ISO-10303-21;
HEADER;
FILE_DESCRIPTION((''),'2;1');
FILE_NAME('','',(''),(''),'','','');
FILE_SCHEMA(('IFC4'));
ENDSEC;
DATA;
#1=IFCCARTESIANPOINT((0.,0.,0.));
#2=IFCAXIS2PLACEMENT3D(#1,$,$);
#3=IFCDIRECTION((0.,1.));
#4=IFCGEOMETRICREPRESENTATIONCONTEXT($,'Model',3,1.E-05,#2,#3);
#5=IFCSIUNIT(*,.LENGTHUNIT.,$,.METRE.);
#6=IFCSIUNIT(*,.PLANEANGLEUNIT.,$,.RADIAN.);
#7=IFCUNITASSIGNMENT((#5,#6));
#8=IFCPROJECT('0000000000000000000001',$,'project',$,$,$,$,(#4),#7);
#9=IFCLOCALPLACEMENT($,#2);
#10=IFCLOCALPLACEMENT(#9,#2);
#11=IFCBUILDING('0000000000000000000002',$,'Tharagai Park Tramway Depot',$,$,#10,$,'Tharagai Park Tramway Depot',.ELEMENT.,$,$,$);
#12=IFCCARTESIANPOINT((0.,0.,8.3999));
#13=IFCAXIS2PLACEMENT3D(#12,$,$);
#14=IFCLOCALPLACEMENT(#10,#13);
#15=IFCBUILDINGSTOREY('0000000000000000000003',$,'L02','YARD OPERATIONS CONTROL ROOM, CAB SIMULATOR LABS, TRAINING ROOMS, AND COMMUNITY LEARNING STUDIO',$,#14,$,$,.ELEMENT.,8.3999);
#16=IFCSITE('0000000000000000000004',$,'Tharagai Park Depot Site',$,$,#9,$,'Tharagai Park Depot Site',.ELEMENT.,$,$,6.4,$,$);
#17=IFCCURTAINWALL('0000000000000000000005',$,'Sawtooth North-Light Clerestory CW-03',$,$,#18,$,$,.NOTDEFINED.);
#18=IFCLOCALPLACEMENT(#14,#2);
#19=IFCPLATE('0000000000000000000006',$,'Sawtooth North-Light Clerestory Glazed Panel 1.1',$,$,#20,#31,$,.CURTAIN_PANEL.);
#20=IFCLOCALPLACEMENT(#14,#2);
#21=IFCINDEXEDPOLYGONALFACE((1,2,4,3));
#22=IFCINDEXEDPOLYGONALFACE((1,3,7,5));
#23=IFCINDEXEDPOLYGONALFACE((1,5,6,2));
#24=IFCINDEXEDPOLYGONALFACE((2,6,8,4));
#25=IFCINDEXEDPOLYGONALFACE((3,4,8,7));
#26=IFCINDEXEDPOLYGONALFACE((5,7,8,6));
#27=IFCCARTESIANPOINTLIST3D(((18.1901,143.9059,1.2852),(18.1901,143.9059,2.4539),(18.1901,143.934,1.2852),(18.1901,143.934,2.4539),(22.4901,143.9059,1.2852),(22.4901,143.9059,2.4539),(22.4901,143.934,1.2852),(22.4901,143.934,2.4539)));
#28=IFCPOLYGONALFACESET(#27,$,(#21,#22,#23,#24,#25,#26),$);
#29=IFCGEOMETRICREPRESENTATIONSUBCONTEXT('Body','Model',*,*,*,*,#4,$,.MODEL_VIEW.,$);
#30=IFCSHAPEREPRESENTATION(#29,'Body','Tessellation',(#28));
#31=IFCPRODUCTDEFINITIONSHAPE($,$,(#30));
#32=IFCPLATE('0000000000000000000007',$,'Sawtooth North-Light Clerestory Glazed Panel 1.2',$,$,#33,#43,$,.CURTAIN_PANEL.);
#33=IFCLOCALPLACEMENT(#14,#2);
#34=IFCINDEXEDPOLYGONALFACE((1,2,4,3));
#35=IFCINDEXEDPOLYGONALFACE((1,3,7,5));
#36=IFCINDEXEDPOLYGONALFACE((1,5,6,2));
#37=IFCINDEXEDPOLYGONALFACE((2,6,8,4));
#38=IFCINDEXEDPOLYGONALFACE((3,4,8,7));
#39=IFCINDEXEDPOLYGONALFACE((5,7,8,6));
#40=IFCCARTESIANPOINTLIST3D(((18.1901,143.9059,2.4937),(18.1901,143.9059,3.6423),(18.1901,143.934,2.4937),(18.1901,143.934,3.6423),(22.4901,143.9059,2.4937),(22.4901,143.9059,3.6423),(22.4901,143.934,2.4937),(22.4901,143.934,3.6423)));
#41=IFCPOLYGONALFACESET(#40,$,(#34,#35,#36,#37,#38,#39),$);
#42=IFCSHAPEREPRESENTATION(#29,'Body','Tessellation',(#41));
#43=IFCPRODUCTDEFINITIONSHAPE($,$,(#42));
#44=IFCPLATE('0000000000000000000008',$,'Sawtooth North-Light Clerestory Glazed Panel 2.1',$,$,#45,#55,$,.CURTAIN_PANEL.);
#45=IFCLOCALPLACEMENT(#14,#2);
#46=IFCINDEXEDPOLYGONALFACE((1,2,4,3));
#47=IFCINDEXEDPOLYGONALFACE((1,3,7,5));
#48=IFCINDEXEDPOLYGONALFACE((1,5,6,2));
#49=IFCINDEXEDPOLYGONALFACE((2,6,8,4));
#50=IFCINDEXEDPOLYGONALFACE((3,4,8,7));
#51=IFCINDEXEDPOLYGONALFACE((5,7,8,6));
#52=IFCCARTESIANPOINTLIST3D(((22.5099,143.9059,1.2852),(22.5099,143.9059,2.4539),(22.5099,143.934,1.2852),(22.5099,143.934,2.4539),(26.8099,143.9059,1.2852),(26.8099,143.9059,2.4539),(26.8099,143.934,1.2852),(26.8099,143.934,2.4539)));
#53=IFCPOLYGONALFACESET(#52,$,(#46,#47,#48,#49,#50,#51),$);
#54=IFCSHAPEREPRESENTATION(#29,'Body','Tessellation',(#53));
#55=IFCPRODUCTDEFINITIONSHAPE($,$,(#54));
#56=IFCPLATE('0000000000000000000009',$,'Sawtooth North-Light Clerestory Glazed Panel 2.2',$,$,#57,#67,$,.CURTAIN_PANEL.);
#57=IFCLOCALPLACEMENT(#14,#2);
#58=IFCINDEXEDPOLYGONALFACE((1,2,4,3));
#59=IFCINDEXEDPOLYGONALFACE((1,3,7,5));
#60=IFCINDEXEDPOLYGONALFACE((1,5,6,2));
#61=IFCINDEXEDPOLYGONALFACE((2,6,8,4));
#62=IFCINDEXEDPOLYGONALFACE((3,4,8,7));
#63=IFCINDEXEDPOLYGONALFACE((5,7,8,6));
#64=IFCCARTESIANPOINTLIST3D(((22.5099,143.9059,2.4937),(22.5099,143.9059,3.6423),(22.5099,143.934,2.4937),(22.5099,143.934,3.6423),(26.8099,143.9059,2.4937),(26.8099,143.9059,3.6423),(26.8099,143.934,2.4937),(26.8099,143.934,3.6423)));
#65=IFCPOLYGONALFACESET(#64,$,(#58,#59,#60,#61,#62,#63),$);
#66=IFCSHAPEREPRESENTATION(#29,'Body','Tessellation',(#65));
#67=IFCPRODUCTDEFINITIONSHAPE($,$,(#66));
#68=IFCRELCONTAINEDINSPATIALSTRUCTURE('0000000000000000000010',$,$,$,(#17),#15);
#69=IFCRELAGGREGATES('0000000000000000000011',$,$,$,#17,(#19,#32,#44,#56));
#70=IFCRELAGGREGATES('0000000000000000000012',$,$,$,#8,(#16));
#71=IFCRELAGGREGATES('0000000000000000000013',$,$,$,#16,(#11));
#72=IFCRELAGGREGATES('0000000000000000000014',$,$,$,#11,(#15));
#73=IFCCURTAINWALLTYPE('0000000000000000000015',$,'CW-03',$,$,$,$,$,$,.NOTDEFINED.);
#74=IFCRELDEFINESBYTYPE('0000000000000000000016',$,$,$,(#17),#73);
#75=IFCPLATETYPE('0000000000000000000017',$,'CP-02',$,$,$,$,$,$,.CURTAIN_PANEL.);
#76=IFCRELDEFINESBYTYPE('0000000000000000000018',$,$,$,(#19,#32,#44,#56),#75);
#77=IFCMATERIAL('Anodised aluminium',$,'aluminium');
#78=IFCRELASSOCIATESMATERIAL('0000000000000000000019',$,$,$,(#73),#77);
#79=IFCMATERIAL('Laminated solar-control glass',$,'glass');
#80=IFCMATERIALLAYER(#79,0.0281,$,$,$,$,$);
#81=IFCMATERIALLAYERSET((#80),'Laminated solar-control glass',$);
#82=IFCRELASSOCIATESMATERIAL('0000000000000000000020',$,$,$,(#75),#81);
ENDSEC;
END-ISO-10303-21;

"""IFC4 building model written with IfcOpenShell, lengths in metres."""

from ifc_helpers import new_model, si_unit, direction, frame, origin, origin_2d, place, context, subcontext, project, spatial, rectangle, extrude, material, layer, layer_set, type_object, element, aggregate, save


model = new_model("IFC4")

# Units and contexts
model_context = context("Model", 3, precision=1e-05, world=origin(), true_north=direction((0.0, 1.0)))
body_context = subcontext(model_context, "Body", "Model", "MODEL_VIEW")
ifc_project = project(units=[si_unit("LENGTHUNIT", "METRE"), si_unit("PLANEANGLEUNIT", "RADIAN")], contexts=[model_context])

# Site, building, storey
site_placement = place(None, origin())
site = spatial("IfcSite", under=ifc_project, at=site_placement, Name="Tharagai Park Depot Site", LongName="Tharagai Park Depot Site", CompositionType="ELEMENT", RefElevation=6.4)
building_placement = place(site_placement, origin())
building = spatial("IfcBuilding", under=site, at=building_placement, Name="Tharagai Park Tramway Depot", LongName="Tharagai Park Tramway Depot", CompositionType="ELEMENT")
storey_placement = place(building_placement, frame((0.0, 0.0, 8.3999)))
storey = spatial("IfcBuildingStorey", under=building, at=storey_placement, Name="L02", Description="YARD OPERATIONS CONTROL ROOM, CAB SIMULATOR LABS, TRAINING ROOMS, AND COMMUNITY LEARNING STUDIO", CompositionType="ELEMENT", Elevation=8.3999)

# Curtain wall
ifc_material_1 = material(Name="Anodised aluminium", Category="aluminium")
curtain_wall_type = type_object("IfcCurtainWallType", Name="CW-03", PredefinedType="NOTDEFINED", material=ifc_material_1)
curtain_wall_placement = place(storey_placement, origin())
curtain_wall = element("IfcCurtainWall", 1, at=curtain_wall_placement, inside=storey, type_object=curtain_wall_type, Name="Sawtooth North-Light Clerestory CW-03", PredefinedType="NOTDEFINED")

# Plates
ifc_material_2 = material(Name="Laminated solar-control glass", Category="glass")
ifc_layer = layer(ifc_material_2, 0.0281)
ifc_layer_set = layer_set([ifc_layer], Name="Laminated solar-control glass")
plate_type = type_object("IfcPlateType", Name="CP-02", PredefinedType="CURTAIN_PANEL", material=ifc_layer_set)
plate_1_placement = place(storey_placement, frame((20.3401, 143.9199, 1.2852), z_axis=(0.0, 0.0, 1.0), x_axis=(1.0, 0.0, 0.0)))
plate_1 = element("IfcPlate", 2, at=plate_1_placement, type_object=plate_type, Name="Sawtooth North-Light Clerestory Glazed Panel 1.1", PredefinedType="CURTAIN_PANEL", context=body_context, shape_type="SweptSolid", body=[
    extrude(rectangle(XDim=4.3, YDim=0.0281, at=origin_2d()), origin(), (0.0, 0.0, 1.0), 1.1687),
])
plate_2_placement = place(storey_placement, frame((20.3401, 143.9199, 2.4937), z_axis=(0.0, 0.0, 1.0), x_axis=(1.0, 0.0, 0.0)))
plate_2 = element("IfcPlate", 3, at=plate_2_placement, type_object=plate_type, Name="Sawtooth North-Light Clerestory Glazed Panel 1.2", PredefinedType="CURTAIN_PANEL", context=body_context, shape_type="SweptSolid", body=[
    extrude(rectangle(XDim=4.3, YDim=0.0281, at=origin_2d()), origin(), (0.0, 0.0, 1.0), 1.1487),
])
plate_3_placement = place(storey_placement, frame((24.6599, 143.9199, 1.2852), z_axis=(0.0, 0.0, 1.0), x_axis=(1.0, 0.0, 0.0)))
plate_3 = element("IfcPlate", 4, at=plate_3_placement, type_object=plate_type, Name="Sawtooth North-Light Clerestory Glazed Panel 2.1", PredefinedType="CURTAIN_PANEL", context=body_context, shape_type="SweptSolid", body=[
    extrude(rectangle(XDim=4.3, YDim=0.0281, at=origin_2d()), origin(), (0.0, 0.0, 1.0), 1.1687),
])
plate_4_placement = place(storey_placement, frame((24.6599, 143.9199, 2.4937), z_axis=(0.0, 0.0, 1.0), x_axis=(1.0, 0.0, 0.0)))
plate_4 = element("IfcPlate", 5, at=plate_4_placement, type_object=plate_type, Name="Sawtooth North-Light Clerestory Glazed Panel 2.2", PredefinedType="CURTAIN_PANEL", context=body_context, shape_type="SweptSolid", body=[
    extrude(rectangle(XDim=4.3, YDim=0.0281, at=origin_2d()), origin(), (0.0, 0.0, 1.0), 1.1487),
])
aggregate(curtain_wall, [plate_1, plate_2, plate_3, plate_4])

save(model, "model.ifc")
